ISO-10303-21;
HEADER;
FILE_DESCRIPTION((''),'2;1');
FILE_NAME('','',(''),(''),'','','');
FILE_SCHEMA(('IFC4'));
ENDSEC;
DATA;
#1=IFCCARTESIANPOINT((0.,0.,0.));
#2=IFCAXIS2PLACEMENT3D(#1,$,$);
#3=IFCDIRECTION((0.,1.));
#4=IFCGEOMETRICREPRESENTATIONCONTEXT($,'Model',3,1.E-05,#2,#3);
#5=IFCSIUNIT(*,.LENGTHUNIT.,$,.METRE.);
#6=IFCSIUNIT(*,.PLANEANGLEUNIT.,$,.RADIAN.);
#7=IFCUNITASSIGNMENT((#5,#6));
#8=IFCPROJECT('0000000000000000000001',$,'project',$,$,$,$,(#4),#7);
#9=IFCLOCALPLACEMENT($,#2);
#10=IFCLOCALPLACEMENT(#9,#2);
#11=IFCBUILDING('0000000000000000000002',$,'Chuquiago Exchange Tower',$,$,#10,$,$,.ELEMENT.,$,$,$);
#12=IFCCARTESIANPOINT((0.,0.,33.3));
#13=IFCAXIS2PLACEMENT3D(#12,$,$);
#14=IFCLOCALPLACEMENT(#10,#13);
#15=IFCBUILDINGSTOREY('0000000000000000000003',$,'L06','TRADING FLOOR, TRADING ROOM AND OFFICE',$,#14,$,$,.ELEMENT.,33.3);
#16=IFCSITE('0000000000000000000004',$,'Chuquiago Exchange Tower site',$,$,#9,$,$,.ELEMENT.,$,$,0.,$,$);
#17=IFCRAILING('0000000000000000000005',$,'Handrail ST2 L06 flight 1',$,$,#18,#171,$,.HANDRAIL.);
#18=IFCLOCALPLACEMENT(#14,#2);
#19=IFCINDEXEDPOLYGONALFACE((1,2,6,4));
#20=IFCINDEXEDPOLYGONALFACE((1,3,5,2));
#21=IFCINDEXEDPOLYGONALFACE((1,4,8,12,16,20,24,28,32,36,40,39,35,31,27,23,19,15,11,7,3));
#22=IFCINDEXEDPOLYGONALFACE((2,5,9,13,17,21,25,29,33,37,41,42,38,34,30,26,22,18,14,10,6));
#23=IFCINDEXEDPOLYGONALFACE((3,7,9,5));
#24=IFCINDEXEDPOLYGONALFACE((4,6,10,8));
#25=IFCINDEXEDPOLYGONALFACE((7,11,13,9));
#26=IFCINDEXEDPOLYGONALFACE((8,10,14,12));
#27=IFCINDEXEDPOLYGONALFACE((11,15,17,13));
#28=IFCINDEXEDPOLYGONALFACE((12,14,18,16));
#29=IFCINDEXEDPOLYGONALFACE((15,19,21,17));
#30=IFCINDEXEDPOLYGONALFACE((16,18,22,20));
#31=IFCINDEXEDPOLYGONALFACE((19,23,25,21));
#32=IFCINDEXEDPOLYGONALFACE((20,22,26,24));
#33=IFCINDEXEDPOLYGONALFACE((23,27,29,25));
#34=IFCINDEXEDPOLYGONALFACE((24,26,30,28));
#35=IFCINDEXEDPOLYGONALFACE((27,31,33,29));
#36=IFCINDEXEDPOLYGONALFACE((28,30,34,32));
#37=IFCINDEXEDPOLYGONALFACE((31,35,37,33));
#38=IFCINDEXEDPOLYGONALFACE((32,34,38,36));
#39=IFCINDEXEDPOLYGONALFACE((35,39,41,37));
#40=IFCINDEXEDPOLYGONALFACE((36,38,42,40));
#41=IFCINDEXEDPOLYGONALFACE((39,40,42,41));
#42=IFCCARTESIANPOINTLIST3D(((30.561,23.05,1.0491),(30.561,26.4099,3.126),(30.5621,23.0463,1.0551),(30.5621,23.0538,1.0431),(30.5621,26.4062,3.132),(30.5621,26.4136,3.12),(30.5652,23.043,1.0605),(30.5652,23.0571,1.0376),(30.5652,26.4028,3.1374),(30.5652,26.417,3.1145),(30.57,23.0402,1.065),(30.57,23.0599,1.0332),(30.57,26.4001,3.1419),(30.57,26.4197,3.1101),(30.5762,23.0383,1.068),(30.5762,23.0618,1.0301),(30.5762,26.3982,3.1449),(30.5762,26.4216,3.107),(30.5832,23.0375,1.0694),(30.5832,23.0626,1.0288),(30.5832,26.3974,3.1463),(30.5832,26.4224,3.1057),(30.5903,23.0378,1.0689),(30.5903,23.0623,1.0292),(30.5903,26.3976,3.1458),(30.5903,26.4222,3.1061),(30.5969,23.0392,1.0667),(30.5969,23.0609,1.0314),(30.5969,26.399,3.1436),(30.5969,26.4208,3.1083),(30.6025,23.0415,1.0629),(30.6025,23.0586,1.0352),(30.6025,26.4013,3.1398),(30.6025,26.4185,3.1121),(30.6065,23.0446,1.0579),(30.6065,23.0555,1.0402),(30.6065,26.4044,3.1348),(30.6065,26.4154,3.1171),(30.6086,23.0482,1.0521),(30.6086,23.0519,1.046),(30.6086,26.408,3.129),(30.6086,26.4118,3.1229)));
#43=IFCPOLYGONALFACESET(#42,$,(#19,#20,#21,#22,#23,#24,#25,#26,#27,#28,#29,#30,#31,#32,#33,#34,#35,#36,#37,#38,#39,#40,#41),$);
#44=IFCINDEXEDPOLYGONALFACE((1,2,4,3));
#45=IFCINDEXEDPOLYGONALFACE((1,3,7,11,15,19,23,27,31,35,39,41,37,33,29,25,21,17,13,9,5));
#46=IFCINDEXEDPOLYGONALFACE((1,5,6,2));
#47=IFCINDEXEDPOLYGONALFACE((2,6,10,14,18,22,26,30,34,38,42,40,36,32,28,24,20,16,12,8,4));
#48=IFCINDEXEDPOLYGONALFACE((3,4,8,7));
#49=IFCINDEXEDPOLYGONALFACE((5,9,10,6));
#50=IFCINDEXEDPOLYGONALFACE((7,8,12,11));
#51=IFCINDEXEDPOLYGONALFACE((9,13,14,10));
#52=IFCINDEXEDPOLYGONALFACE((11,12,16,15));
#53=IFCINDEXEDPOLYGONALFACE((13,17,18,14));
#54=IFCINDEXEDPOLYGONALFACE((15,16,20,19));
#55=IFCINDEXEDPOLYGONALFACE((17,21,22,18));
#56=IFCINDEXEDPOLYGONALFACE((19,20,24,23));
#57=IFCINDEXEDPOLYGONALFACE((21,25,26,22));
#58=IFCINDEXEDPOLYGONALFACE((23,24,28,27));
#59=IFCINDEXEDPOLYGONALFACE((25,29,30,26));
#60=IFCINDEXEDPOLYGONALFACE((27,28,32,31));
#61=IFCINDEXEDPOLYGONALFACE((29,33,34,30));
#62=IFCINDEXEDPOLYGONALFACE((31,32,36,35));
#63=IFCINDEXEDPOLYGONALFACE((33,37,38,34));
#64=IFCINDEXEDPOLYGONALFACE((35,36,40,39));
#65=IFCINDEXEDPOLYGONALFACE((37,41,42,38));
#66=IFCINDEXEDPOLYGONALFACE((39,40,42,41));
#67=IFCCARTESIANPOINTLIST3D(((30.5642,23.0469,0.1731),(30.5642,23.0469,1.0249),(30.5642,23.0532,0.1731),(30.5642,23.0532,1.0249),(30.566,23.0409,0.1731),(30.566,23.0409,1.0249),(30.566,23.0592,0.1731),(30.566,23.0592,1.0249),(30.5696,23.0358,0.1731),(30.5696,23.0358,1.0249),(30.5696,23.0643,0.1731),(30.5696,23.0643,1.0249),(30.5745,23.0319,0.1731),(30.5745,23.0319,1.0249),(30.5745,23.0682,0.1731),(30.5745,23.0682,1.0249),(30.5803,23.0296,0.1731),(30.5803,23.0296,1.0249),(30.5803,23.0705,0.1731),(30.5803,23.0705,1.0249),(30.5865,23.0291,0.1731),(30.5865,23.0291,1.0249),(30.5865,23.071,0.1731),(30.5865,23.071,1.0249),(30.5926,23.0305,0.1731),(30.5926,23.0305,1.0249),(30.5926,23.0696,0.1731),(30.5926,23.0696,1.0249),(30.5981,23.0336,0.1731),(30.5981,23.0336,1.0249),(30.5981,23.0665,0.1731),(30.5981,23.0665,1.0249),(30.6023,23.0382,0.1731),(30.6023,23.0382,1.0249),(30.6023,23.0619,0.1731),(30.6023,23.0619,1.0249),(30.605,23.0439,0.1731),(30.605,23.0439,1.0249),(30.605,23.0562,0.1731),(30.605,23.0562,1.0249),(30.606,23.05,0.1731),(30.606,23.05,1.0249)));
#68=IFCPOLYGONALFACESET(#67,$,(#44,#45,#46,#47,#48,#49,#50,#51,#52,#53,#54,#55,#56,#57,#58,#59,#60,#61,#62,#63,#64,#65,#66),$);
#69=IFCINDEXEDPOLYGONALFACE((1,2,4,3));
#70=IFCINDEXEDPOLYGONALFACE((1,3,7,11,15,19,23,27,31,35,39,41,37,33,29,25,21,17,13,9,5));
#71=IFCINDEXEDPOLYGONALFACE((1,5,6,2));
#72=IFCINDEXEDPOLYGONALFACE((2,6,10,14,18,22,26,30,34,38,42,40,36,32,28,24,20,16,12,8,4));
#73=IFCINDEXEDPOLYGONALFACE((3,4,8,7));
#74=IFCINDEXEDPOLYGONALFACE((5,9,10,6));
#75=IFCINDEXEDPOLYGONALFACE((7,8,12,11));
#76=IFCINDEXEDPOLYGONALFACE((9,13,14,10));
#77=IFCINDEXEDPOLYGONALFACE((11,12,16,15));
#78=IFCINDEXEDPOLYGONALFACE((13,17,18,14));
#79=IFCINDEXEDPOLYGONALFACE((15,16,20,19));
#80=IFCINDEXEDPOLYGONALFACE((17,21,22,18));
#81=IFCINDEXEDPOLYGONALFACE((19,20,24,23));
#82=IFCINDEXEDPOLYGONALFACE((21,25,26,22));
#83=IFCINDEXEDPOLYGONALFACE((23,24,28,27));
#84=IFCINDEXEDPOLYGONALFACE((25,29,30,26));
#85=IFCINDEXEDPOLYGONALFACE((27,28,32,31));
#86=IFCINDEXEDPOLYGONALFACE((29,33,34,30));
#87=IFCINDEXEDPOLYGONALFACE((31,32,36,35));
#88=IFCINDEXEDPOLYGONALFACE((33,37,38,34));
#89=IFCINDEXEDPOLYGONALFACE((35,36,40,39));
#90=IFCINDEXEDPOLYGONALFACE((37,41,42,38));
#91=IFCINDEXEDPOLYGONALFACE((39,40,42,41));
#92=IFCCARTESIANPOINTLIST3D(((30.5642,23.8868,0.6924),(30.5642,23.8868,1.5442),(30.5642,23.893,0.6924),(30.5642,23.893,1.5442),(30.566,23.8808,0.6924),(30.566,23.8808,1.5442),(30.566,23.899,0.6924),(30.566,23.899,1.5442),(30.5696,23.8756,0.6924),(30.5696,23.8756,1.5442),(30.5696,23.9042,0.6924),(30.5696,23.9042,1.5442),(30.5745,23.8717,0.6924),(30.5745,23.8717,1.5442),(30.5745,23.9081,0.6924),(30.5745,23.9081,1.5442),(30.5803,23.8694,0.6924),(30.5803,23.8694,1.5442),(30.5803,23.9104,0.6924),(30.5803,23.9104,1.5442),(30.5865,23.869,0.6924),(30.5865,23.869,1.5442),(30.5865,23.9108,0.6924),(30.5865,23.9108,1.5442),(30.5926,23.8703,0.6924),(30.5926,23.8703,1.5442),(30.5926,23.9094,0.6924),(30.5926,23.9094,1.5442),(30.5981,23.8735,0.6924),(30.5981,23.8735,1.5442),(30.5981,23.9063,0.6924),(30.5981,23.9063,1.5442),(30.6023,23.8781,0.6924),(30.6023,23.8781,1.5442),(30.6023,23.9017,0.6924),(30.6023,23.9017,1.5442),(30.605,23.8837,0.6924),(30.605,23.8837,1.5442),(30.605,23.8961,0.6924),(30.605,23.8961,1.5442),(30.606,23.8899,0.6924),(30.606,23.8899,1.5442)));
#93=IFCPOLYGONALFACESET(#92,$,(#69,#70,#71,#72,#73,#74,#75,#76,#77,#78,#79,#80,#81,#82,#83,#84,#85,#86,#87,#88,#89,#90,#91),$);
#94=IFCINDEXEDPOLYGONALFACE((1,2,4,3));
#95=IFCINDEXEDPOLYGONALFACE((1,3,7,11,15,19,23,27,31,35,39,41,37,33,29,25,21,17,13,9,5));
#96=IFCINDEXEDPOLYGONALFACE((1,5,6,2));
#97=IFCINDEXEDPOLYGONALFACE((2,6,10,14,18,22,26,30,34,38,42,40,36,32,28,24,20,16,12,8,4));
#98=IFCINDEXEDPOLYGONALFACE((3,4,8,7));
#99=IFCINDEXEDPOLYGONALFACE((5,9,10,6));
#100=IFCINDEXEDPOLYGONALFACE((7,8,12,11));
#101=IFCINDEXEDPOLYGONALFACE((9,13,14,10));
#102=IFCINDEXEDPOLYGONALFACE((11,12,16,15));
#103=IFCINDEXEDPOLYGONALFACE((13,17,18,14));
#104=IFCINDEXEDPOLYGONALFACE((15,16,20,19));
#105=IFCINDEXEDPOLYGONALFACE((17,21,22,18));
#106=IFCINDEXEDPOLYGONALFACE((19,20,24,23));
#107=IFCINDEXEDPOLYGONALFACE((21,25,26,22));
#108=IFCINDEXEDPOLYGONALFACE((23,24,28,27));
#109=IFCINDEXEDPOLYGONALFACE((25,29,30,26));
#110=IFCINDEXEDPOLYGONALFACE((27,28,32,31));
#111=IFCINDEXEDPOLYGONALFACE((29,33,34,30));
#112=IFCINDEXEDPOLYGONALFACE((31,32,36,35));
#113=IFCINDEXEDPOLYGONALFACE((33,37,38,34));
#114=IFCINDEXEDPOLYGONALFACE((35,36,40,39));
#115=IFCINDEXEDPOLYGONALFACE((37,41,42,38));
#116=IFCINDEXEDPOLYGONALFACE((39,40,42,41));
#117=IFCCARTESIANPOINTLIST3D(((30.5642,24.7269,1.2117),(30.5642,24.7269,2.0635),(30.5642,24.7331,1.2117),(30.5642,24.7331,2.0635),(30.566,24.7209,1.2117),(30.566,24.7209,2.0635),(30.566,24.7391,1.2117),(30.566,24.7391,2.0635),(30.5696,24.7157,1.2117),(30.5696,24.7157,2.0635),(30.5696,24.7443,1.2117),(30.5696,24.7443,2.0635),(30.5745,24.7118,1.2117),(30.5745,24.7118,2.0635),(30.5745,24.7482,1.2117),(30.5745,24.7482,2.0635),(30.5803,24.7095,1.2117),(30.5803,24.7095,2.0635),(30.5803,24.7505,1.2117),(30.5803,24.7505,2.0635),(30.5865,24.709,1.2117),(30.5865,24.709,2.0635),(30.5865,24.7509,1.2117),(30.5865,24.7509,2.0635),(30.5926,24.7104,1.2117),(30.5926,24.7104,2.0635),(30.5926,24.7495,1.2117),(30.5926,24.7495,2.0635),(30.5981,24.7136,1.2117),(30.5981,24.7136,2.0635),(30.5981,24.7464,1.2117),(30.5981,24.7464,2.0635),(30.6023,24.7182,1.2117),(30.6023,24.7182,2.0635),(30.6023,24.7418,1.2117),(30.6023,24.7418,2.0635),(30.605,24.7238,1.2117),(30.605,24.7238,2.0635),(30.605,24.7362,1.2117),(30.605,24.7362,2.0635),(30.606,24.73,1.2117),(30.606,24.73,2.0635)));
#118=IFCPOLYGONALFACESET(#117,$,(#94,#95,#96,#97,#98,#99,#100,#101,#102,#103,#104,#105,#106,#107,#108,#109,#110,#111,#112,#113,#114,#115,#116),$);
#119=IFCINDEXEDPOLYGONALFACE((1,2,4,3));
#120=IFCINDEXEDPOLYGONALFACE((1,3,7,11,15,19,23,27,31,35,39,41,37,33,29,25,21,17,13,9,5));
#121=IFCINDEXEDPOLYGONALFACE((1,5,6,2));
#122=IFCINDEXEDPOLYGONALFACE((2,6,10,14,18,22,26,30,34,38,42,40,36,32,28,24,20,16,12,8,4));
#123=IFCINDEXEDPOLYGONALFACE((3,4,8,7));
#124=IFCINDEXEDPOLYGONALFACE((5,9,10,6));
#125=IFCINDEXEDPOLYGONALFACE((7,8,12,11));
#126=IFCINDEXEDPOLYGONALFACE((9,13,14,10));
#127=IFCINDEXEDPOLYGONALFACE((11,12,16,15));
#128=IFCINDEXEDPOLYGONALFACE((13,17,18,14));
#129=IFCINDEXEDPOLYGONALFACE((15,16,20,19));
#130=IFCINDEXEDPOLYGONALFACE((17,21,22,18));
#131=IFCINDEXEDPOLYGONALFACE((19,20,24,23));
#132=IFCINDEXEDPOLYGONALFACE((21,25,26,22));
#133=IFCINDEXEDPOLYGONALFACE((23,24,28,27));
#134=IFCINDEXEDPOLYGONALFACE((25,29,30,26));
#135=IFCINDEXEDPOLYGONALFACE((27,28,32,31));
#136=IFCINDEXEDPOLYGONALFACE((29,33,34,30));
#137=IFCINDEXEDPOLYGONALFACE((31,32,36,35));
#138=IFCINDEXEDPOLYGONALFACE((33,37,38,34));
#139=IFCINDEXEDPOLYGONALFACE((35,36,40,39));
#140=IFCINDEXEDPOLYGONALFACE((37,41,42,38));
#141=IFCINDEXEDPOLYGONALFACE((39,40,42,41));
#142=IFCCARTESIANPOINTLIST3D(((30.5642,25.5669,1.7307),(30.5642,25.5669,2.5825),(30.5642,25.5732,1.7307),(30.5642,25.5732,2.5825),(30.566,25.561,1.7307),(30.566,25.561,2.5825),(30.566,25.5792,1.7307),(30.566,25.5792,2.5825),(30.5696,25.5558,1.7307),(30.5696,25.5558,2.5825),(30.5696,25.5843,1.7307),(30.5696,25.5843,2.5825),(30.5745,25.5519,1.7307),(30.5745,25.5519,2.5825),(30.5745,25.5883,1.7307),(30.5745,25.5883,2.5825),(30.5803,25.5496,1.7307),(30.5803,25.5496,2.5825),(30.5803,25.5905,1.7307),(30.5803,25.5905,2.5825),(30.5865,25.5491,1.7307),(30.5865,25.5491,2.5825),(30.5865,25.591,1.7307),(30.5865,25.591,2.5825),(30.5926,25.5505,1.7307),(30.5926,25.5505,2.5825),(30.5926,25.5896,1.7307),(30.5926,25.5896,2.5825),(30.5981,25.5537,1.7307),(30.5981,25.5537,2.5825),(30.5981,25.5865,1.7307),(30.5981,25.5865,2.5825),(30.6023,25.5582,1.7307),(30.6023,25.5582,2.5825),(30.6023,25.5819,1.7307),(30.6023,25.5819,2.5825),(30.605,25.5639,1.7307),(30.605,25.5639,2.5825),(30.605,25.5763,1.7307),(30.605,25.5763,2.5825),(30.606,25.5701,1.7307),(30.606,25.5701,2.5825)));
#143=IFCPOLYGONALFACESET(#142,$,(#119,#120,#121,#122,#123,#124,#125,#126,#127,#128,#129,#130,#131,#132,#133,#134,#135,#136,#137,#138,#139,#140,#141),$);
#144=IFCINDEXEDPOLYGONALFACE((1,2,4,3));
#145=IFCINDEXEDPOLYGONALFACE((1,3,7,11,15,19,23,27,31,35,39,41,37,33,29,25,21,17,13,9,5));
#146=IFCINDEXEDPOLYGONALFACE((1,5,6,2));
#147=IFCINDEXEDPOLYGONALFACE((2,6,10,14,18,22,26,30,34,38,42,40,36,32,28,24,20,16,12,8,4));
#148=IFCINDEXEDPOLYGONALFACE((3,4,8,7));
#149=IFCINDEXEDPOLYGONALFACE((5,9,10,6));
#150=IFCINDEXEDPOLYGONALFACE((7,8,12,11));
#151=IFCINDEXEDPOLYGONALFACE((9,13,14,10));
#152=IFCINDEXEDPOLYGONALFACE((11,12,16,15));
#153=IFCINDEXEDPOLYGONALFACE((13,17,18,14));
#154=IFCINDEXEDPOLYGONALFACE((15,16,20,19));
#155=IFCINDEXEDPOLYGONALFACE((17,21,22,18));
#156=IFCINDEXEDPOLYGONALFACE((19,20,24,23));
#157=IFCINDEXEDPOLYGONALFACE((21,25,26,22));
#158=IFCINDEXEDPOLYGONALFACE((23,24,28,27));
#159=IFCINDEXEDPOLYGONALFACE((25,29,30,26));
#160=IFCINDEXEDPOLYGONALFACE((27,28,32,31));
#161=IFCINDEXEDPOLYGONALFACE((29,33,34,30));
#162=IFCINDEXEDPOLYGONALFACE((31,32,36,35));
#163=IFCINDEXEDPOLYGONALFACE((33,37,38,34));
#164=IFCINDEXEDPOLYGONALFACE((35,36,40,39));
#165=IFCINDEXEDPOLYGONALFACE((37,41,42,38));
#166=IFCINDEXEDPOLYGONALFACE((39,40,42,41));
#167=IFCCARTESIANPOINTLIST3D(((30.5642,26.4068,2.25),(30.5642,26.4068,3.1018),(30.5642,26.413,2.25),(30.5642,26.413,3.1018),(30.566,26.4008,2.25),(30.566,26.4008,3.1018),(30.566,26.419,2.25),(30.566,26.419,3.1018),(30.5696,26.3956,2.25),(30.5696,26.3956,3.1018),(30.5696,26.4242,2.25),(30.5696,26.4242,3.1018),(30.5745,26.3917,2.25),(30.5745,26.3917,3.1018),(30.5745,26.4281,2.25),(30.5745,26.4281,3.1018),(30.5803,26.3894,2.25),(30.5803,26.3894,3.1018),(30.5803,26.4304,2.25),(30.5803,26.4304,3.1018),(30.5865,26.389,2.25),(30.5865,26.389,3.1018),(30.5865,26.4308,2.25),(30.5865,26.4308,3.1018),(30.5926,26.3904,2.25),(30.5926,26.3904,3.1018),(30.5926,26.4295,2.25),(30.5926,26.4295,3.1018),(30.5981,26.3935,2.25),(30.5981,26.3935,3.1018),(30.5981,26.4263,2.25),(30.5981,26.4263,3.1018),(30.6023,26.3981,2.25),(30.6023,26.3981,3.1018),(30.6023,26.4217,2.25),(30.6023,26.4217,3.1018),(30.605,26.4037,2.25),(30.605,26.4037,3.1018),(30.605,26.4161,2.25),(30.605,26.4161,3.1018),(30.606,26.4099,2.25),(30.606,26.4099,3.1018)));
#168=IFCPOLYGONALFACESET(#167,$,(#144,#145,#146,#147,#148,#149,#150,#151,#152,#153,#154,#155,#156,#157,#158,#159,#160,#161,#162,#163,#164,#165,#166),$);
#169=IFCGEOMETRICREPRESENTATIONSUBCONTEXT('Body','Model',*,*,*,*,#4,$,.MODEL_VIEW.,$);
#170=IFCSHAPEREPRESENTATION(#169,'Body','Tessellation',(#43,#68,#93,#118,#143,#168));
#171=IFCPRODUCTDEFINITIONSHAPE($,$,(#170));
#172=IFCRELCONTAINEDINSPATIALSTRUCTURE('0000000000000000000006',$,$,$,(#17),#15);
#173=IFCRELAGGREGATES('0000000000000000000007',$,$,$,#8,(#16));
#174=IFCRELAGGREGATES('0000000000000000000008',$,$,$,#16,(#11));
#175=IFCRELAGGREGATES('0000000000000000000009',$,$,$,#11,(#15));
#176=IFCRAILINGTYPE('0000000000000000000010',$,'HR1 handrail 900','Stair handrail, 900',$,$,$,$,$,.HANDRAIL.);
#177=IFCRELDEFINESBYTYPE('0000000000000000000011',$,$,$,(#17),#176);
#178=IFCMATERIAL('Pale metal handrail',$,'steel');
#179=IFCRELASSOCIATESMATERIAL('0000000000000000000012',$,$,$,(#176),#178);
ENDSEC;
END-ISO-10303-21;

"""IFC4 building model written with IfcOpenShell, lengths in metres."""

from ifc_helpers import new_model, si_unit, direction, frame, origin, origin_2d, place, context, subcontext, project, spatial, circle, extrude, material, type_object, element, save


model = new_model("IFC4")

# Units and contexts
model_context = context("Model", 3, precision=1e-05, world=origin(), true_north=direction((0.0, 1.0)))
body_context = subcontext(model_context, "Body", "Model", "MODEL_VIEW")
ifc_project = project(units=[si_unit("LENGTHUNIT", "METRE"), si_unit("PLANEANGLEUNIT", "RADIAN")], contexts=[model_context])

# Site, building, storey
site_placement = place(None, origin())
site = spatial("IfcSite", under=ifc_project, at=site_placement, Name="Chuquiago Exchange Tower site", CompositionType="ELEMENT", RefElevation=0.0)
building_placement = place(site_placement, origin())
building = spatial("IfcBuilding", under=site, at=building_placement, Name="Chuquiago Exchange Tower", CompositionType="ELEMENT")
storey_placement = place(building_placement, frame((0.0, 0.0, 33.3)))
storey = spatial("IfcBuildingStorey", under=building, at=storey_placement, Name="L06", Description="TRADING FLOOR, TRADING ROOM AND OFFICE", CompositionType="ELEMENT", Elevation=33.3)

# Railing
ifc_material_1 = material(Name="Pale metal handrail", Category="steel")
railing_type_1 = type_object("IfcRailingType", Name="HR1 handrail 900", Description="Stair handrail, 900", PredefinedType="HANDRAIL", material=ifc_material_1)
for number, where, name in (
    (1, (30.585, 23.05, 0.1731), "Handrail ST2 L06 flight 1"),
):
    element("IfcRailing", number, at=place(storey_placement, frame(where)), inside=storey, type_object=railing_type_1, Name=name, PredefinedType="HANDRAIL", context=body_context, shape_type="SweptSolid", body=[
        extrude(circle(Radius=0.0239, at=origin_2d()), frame((0.0, 0.0, 0.876), z_axis=(0.0, 0.850606, 0.525803), x_axis=(-1.0, 0.0, 0.0)), (0.0, 0.0, 1.0), 3.95),
        extrude(circle(Radius=0.021, at=origin_2d()), origin(), (0.0, 0.0, 1.0), 0.8518),
        extrude(circle(Radius=0.021, at=origin_2d()), frame((0.0, 0.8398, 0.5193)), (0.0, 0.0, 1.0), 0.8518),
        extrude(circle(Radius=0.021, at=origin_2d()), frame((0.0, 1.6799, 1.0386)), (0.0, 0.0, 1.0), 0.8518),
        extrude(circle(Radius=0.021, at=origin_2d()), frame((0.0, 2.52, 1.5576)), (0.0, 0.0, 1.0), 0.8518),
        extrude(circle(Radius=0.021, at=origin_2d()), frame((0.0, 3.3599, 2.0769)), (0.0, 0.0, 1.0), 0.8518),
    ])

save(model, "model.ifc")
